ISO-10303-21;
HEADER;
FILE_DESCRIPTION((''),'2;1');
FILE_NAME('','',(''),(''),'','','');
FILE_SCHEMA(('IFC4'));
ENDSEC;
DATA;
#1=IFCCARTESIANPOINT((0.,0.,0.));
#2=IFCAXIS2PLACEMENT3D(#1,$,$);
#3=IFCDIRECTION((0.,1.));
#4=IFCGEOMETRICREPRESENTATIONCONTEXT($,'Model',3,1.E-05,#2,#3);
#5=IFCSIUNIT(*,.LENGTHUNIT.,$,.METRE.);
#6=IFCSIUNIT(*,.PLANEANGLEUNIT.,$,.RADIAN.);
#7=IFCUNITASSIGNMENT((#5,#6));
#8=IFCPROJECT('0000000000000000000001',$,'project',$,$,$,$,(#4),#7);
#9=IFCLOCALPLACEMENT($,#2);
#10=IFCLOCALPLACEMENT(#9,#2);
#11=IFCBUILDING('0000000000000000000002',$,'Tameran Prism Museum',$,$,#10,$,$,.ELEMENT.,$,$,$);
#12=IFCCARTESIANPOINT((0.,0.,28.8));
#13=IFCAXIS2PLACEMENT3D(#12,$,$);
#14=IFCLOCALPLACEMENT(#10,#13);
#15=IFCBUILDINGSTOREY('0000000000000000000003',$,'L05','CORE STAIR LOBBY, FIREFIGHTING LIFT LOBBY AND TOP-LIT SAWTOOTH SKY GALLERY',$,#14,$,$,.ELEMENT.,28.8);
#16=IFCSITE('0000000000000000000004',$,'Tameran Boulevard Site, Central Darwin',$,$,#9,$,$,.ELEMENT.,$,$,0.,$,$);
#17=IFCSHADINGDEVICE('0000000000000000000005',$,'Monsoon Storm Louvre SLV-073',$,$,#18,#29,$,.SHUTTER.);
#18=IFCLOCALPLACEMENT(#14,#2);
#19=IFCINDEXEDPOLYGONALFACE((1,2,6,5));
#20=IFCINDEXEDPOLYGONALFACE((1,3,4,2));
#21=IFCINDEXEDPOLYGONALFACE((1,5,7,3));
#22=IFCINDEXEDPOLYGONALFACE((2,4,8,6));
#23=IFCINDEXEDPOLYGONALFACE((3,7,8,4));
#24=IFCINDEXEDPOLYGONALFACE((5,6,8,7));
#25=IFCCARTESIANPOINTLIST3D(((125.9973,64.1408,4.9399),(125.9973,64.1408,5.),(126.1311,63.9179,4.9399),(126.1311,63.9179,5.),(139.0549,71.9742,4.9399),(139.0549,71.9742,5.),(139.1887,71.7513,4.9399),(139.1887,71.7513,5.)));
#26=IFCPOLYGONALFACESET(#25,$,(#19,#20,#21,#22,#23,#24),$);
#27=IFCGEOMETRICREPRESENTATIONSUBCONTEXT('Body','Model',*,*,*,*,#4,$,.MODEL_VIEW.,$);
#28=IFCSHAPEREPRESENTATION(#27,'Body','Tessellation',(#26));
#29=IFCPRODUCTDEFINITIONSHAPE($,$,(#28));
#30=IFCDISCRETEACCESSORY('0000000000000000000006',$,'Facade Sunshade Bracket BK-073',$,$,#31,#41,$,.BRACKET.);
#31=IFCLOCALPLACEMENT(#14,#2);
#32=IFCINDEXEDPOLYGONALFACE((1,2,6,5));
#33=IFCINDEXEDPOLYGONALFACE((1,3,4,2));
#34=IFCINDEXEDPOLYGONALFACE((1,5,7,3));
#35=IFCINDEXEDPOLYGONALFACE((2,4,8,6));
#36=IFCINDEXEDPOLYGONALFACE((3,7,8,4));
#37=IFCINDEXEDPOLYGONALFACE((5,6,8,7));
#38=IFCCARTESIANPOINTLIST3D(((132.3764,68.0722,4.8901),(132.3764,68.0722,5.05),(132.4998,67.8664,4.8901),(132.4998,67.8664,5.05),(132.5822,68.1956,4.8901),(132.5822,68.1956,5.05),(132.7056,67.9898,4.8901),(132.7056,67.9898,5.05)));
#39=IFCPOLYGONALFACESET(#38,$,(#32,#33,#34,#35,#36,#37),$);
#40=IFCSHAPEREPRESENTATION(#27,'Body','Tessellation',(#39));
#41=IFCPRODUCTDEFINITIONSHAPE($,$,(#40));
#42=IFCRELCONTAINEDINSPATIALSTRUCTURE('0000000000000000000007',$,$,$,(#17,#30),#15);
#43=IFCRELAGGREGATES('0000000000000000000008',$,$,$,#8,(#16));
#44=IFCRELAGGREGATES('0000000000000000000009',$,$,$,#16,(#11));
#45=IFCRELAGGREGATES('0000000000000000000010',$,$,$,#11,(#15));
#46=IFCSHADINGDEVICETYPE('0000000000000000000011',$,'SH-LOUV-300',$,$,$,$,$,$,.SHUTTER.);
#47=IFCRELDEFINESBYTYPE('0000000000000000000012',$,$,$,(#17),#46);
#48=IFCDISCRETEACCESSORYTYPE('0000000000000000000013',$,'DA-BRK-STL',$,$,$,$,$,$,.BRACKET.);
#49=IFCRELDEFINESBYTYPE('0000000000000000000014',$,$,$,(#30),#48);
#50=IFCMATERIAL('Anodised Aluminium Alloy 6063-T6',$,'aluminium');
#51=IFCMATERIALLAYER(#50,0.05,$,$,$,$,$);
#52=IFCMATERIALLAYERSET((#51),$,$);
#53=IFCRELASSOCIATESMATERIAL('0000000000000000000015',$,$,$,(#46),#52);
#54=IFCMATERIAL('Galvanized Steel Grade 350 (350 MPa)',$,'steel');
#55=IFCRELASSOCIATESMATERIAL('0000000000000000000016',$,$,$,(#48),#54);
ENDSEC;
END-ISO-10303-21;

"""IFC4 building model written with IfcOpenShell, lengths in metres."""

from ifc_helpers import new_model, si_unit, direction, frame, origin, origin_2d, place, context, subcontext, project, spatial, rectangle, extrude, material, layer, layer_set, type_object, element, save


model = new_model("IFC4")

# Units and contexts
model_context = context("Model", 3, precision=1e-05, world=origin(), true_north=direction((0.0, 1.0)))
body_context = subcontext(model_context, "Body", "Model", "MODEL_VIEW")
ifc_project = project(units=[si_unit("LENGTHUNIT", "METRE"), si_unit("PLANEANGLEUNIT", "RADIAN")], contexts=[model_context])

# Site, building, storey
site_placement = place(None, origin())
site = spatial("IfcSite", under=ifc_project, at=site_placement, Name="Tameran Boulevard Site, Central Darwin", CompositionType="ELEMENT", RefElevation=0.0)
building_placement = place(site_placement, origin())
building = spatial("IfcBuilding", under=site, at=building_placement, Name="Tameran Prism Museum", CompositionType="ELEMENT")
storey_placement = place(building_placement, frame((0.0, 0.0, 28.8)))
storey = spatial("IfcBuildingStorey", under=building, at=storey_placement, Name="L05", Description="CORE STAIR LOBBY, FIREFIGHTING LIFT LOBBY AND TOP-LIT SAWTOOTH SKY GALLERY", CompositionType="ELEMENT", Elevation=28.8)

# Shading device
ifc_material_1 = material(Name="Anodised Aluminium Alloy 6063-T6", Category="aluminium")
ifc_layer_1 = layer(ifc_material_1, 0.05)
ifc_layer_set_1 = layer_set([ifc_layer_1])
shading_device_type = type_object("IfcShadingDeviceType", Name="SH-LOUV-300", PredefinedType="SHUTTER", material=ifc_layer_set_1)
shading_device_placement = place(storey_placement, frame((132.593, 67.946, 4.9399), z_axis=(0.0, 0.0, 1.0), x_axis=(-0.857527, -0.51444, 0.0)))
element("IfcShadingDevice", 1, at=shading_device_placement, inside=storey, type_object=shading_device_type, Name="Monsoon Storm Louvre SLV-073", PredefinedType="SHUTTER", context=body_context, shape_type="SweptSolid", body=[
    extrude(rectangle(XDim=15.2271, YDim=0.26, at=origin_2d()), origin(), (0.0, 0.0, 1.0), 0.0601),
])

# Discrete accessory
ifc_material_2 = material(Name="Galvanized Steel Grade 350 (350 MPa)", Category="steel")
discrete_accessory_type = type_object("IfcDiscreteAccessoryType", Name="DA-BRK-STL", PredefinedType="BRACKET", material=ifc_material_2)
discrete_accessory_placement = place(storey_placement, frame((132.541, 68.031, 4.8901), z_axis=(0.0, 0.0, 1.0), x_axis=(-0.857527, -0.51444, 0.0)))
element("IfcDiscreteAccessory", 2, at=discrete_accessory_placement, inside=storey, type_object=discrete_accessory_type, Name="Facade Sunshade Bracket BK-073", PredefinedType="BRACKET", context=body_context, shape_type="SweptSolid", body=[
    extrude(rectangle(XDim=0.24, YDim=0.24, at=origin_2d()), origin(), (0.0, 0.0, 1.0), 0.1599),
])

save(model, "model.ifc")
